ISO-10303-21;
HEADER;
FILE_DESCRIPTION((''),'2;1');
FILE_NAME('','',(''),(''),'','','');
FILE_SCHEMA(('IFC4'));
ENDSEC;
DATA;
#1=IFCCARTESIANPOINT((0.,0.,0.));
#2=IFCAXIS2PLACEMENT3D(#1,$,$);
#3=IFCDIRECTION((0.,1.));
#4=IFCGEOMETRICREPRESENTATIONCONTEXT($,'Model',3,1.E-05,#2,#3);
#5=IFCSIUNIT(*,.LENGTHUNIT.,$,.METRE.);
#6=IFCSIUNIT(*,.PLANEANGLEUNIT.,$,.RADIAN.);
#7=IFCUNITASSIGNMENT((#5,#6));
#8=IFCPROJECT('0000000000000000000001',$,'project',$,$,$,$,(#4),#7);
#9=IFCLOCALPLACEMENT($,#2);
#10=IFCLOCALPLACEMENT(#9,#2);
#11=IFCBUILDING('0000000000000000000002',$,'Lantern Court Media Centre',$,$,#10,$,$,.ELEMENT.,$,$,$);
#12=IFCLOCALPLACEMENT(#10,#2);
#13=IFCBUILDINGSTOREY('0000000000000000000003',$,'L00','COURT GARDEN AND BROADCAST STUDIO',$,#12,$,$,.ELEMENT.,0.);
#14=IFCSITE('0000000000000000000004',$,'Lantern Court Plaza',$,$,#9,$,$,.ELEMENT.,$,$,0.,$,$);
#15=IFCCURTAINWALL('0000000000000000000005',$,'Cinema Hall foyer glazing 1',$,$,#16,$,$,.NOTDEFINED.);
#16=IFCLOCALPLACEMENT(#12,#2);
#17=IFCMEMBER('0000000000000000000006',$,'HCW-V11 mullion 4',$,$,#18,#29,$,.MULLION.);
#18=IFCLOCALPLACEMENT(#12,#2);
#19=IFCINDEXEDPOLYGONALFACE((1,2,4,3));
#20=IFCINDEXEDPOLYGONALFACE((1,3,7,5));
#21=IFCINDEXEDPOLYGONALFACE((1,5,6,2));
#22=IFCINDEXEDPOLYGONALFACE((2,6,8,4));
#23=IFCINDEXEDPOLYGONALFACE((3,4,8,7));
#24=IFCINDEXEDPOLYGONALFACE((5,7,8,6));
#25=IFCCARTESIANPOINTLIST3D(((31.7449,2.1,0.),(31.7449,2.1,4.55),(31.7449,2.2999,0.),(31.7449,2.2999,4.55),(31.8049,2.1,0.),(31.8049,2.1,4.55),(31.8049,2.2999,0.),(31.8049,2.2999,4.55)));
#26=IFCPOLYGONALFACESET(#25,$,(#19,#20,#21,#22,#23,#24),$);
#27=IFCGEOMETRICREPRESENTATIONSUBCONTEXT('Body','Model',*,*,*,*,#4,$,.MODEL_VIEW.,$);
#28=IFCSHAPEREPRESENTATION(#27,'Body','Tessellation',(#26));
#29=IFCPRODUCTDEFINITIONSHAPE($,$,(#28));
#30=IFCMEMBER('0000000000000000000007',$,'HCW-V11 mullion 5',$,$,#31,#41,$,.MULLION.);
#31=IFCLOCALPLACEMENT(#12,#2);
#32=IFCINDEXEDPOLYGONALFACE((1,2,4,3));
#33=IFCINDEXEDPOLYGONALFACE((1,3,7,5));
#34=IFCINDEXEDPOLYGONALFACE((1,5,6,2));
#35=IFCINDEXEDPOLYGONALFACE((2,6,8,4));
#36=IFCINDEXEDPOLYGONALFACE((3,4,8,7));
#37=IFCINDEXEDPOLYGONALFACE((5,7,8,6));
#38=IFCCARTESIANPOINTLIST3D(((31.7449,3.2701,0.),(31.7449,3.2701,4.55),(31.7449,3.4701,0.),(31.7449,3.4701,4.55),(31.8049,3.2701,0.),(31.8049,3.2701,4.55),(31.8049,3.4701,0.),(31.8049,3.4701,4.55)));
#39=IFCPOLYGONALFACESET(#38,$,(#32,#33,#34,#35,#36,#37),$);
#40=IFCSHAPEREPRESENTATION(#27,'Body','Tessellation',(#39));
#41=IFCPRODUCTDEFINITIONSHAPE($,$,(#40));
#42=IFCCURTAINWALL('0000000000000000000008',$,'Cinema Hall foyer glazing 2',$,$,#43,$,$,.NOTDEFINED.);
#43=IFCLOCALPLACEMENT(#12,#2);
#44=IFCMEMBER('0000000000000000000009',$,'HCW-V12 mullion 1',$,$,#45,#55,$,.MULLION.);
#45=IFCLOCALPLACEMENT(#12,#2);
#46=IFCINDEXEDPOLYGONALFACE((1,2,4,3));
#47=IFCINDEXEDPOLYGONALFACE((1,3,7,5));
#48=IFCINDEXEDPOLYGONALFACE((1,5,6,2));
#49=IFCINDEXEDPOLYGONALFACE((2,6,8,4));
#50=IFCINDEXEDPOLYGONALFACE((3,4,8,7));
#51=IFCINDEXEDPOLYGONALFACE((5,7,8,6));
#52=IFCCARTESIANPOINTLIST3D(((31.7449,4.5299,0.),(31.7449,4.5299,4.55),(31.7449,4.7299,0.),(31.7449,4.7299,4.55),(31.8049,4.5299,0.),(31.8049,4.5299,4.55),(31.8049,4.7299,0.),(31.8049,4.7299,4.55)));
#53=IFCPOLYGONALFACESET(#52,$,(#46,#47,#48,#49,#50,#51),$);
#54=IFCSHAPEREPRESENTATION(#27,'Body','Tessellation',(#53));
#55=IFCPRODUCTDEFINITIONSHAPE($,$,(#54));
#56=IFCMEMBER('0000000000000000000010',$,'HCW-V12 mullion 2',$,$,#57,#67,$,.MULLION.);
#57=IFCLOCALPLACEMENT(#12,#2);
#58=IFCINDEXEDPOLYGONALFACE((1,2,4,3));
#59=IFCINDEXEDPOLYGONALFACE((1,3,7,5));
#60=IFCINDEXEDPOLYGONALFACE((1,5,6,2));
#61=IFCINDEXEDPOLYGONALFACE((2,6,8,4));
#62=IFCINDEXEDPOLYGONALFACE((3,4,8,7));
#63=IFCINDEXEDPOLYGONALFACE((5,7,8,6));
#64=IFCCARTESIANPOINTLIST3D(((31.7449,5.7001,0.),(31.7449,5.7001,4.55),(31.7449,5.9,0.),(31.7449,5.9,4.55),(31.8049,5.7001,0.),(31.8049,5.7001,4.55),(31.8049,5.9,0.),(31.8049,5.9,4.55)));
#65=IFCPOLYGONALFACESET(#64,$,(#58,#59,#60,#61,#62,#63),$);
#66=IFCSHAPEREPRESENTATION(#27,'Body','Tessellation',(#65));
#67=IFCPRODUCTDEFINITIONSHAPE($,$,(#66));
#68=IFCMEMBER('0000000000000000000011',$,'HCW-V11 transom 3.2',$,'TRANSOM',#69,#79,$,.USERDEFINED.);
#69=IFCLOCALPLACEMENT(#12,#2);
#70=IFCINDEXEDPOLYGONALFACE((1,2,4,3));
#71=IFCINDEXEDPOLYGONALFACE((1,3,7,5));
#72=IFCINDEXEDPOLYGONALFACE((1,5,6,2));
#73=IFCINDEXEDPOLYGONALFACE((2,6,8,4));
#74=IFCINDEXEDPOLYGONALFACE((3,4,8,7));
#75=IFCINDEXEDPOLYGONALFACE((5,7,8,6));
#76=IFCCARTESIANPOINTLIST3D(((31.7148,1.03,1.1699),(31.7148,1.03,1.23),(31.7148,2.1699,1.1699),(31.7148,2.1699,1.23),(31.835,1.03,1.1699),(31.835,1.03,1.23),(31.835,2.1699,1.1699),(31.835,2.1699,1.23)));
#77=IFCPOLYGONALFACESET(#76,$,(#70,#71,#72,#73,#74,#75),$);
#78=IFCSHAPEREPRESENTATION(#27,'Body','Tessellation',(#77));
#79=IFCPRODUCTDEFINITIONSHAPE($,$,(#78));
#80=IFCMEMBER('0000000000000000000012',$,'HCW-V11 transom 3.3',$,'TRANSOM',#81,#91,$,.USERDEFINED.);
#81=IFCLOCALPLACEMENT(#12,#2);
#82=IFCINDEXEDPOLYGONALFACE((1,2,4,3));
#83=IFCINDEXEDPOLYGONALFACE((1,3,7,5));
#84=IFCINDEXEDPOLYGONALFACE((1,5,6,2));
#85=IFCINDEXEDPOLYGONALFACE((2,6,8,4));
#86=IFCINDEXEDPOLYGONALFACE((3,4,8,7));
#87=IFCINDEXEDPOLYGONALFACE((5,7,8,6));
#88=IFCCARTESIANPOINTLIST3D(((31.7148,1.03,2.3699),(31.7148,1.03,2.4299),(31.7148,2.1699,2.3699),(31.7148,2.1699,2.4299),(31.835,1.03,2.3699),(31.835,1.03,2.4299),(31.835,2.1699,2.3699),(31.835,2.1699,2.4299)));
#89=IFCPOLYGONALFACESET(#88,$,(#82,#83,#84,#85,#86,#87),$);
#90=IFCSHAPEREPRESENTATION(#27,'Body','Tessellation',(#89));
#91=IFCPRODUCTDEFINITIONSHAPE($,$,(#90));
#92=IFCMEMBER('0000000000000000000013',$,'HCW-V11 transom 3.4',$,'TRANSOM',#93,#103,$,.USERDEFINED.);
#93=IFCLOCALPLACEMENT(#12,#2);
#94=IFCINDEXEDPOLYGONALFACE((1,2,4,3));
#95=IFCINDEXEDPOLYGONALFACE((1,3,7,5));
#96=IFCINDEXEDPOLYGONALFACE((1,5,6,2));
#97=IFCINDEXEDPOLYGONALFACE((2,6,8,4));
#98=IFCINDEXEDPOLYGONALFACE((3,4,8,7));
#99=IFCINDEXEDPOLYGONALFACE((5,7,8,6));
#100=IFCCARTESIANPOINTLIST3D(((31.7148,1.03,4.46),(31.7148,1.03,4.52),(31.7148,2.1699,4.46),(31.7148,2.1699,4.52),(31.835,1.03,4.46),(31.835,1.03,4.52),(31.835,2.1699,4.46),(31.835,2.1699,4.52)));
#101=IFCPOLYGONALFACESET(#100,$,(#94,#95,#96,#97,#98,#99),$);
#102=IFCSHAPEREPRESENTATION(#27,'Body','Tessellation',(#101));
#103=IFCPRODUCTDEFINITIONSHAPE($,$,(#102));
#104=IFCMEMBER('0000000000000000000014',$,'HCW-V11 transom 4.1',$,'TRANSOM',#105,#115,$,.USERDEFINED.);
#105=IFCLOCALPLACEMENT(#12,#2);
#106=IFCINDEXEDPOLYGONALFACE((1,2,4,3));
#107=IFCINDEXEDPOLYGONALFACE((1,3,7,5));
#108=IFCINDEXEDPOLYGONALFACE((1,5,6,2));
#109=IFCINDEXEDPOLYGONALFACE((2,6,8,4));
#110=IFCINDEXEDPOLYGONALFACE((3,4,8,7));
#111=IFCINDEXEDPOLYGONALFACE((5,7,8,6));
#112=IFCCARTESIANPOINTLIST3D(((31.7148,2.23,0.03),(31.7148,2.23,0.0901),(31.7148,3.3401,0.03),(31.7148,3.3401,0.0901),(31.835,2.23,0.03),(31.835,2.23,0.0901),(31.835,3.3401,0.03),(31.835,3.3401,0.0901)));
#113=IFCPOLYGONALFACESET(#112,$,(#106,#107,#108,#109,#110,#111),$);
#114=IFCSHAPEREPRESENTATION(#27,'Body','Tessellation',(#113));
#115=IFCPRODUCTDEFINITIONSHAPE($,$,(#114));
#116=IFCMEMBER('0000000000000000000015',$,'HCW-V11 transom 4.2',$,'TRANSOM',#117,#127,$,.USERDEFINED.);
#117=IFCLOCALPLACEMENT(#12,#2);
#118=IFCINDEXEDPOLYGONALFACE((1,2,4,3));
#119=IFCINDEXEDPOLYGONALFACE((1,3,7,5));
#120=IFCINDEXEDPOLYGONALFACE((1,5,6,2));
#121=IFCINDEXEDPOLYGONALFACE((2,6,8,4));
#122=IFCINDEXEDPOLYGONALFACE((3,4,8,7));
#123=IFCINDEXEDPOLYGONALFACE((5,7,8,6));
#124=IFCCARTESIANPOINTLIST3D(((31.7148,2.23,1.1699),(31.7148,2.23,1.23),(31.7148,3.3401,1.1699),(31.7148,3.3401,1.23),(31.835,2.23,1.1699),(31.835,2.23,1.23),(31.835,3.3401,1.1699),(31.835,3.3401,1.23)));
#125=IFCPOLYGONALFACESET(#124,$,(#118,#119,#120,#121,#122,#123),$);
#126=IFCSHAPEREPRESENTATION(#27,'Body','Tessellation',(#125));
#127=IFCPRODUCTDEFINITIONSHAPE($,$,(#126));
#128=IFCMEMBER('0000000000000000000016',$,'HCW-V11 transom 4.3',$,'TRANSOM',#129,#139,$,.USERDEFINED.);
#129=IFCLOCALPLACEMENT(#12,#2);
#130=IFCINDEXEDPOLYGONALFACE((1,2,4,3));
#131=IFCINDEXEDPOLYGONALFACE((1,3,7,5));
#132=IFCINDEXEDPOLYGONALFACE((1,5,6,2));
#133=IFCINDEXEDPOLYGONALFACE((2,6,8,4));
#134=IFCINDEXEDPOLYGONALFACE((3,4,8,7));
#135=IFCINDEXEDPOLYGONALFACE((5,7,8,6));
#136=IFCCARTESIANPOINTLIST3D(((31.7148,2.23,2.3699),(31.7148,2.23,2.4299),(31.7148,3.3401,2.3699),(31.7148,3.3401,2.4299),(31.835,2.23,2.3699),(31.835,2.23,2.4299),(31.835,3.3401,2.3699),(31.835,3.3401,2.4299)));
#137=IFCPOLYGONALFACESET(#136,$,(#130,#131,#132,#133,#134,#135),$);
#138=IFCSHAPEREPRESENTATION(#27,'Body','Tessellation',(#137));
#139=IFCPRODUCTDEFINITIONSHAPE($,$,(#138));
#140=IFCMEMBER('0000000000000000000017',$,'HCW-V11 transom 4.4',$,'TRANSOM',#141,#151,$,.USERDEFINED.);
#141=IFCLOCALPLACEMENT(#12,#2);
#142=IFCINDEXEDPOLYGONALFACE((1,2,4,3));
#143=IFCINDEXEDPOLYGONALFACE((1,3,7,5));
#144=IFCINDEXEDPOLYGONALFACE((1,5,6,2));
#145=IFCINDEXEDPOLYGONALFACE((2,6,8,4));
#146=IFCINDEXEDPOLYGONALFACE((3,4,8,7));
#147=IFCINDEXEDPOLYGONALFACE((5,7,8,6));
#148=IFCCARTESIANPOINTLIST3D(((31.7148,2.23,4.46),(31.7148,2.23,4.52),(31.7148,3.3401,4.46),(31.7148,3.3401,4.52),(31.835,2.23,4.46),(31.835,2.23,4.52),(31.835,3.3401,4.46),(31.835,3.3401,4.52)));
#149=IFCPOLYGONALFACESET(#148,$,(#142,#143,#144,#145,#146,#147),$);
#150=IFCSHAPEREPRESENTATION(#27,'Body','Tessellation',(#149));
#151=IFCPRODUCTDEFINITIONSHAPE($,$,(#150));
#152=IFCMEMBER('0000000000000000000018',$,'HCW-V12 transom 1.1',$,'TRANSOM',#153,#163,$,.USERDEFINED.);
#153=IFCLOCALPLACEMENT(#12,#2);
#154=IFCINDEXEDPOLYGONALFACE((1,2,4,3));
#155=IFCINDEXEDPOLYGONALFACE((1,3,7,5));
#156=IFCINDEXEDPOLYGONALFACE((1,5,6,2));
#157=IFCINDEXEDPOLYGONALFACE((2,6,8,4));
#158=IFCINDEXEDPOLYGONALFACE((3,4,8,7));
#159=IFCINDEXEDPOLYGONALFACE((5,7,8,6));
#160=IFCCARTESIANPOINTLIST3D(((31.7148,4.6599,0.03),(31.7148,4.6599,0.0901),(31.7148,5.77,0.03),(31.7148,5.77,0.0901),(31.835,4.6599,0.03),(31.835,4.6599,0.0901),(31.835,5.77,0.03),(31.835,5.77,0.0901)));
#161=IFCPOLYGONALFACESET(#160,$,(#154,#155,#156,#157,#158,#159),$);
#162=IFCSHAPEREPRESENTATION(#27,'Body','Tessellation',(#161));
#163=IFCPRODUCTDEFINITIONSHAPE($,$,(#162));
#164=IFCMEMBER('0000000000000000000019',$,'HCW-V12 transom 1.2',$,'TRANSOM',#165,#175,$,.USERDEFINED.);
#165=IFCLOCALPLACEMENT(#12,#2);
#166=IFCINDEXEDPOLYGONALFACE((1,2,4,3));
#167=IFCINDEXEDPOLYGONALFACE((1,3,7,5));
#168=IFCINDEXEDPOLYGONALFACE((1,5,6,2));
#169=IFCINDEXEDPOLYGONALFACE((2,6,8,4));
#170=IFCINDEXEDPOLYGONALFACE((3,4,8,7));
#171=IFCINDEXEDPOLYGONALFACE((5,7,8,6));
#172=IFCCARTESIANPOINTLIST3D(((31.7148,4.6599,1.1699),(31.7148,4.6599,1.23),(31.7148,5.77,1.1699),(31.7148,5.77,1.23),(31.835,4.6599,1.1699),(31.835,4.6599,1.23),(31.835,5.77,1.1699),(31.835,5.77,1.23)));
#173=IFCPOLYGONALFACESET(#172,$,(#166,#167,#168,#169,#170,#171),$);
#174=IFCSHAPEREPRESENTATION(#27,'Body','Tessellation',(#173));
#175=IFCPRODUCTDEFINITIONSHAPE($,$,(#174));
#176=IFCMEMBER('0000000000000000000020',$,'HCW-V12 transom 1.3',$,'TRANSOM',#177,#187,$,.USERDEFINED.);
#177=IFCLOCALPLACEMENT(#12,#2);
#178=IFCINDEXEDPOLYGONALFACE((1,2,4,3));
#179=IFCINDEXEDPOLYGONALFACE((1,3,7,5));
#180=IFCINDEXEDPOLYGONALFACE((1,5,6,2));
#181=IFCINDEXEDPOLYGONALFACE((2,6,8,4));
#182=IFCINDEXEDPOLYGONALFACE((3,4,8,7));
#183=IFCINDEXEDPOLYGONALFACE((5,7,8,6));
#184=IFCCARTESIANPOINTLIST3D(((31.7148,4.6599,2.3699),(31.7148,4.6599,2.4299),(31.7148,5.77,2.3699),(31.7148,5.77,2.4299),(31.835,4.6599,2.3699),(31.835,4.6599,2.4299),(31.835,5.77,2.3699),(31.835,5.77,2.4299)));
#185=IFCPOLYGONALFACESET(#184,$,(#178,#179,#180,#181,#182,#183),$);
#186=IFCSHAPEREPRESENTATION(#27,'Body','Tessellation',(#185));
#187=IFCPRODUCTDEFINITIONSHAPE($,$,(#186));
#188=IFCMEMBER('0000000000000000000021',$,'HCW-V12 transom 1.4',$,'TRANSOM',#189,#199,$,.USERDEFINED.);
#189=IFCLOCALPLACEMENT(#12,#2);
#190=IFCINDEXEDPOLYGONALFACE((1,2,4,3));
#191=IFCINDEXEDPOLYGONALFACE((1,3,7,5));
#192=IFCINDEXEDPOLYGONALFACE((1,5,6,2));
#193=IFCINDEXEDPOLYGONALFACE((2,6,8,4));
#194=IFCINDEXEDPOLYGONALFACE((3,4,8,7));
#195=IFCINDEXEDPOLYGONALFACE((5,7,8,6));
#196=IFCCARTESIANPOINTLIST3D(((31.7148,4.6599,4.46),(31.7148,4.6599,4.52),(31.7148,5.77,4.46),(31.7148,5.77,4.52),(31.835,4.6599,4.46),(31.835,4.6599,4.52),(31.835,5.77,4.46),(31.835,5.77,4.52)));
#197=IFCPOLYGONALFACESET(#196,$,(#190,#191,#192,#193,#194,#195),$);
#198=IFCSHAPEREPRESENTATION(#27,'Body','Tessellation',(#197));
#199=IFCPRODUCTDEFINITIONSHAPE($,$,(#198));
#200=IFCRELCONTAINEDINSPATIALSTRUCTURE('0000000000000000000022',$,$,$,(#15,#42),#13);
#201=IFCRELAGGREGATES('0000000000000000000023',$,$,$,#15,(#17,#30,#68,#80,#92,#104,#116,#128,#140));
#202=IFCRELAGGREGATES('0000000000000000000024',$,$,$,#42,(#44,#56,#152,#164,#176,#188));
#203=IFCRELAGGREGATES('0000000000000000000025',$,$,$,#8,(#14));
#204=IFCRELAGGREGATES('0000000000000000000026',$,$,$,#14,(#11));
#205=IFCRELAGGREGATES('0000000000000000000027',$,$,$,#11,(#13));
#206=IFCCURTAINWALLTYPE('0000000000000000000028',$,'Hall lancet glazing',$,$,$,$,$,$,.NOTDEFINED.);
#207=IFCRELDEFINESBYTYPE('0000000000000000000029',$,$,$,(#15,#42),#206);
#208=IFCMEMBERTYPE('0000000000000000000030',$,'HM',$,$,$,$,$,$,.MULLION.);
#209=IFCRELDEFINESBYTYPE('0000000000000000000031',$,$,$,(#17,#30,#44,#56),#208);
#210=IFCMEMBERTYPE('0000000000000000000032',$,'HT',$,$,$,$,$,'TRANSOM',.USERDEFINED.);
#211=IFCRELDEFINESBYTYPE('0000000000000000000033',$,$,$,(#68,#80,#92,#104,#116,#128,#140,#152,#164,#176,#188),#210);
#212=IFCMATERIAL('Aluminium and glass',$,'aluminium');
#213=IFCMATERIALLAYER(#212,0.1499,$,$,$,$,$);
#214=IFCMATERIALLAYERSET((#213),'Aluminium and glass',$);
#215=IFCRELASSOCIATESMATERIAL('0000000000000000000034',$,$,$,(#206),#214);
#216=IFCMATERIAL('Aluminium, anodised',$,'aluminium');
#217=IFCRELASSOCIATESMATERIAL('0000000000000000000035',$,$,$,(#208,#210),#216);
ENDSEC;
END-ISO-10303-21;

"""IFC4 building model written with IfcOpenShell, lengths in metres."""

from ifc_helpers import new_model, si_unit, direction, frame, origin, origin_2d, place, context, subcontext, project, spatial, rectangle, extrude, material, layer, layer_set, material_profile, profile_set, type_object, element, aggregate, save


model = new_model("IFC4")

# Units and contexts
model_context = context("Model", 3, precision=1e-05, world=origin(), true_north=direction((0.0, 1.0)))
body_context = subcontext(model_context, "Body", "Model", "MODEL_VIEW")
ifc_project = project(units=[si_unit("LENGTHUNIT", "METRE"), si_unit("PLANEANGLEUNIT", "RADIAN")], contexts=[model_context])

# Site, building, storey
site_placement = place(None, origin())
site = spatial("IfcSite", under=ifc_project, at=site_placement, Name="Lantern Court Plaza", CompositionType="ELEMENT", RefElevation=0.0)
building_placement = place(site_placement, origin())
building = spatial("IfcBuilding", under=site, at=building_placement, Name="Lantern Court Media Centre", CompositionType="ELEMENT")
storey_placement = place(building_placement, origin())
storey = spatial("IfcBuildingStorey", under=building, at=storey_placement, Name="L00", Description="COURT GARDEN AND BROADCAST STUDIO", CompositionType="ELEMENT", Elevation=0.0)

# Curtain walls, members
ifc_material_1 = material(Name="Aluminium and glass", Category="aluminium")
ifc_layer_1 = layer(ifc_material_1, 0.1499)
ifc_layer_set_1 = layer_set([ifc_layer_1], Name="Aluminium and glass")
curtain_wall_type = type_object("IfcCurtainWallType", Name="Hall lancet glazing", PredefinedType="NOTDEFINED", material=ifc_layer_set_1)
curtain_wall_1_placement = place(storey_placement, origin())
curtain_wall_1 = element("IfcCurtainWall", 1, at=curtain_wall_1_placement, inside=storey, type_object=curtain_wall_type, Name="Cinema Hall foyer glazing 1", PredefinedType="NOTDEFINED")
ifc_material_2 = material(Name="Aluminium, anodised", Category="aluminium")
ifc_material_profile_1 = material_profile(ifc_material_2, rectangle(XDim=0.0601, YDim=0.2, at=origin_2d()), Name="HM")
ifc_profile_set_1 = profile_set([ifc_material_profile_1], Name="Aluminium, anodised")
member_type_1 = type_object("IfcMemberType", Name="HM", PredefinedType="MULLION", material=ifc_profile_set_1)
member_1_placement = place(storey_placement, frame((31.7749, 2.2, 0.0), z_axis=(0.0, 0.0, 1.0), x_axis=(-1.0, 0.0, 0.0)))
member_1 = element("IfcMember", 2, at=member_1_placement, type_object=member_type_1, Name="HCW-V11 mullion 4", PredefinedType="MULLION", context=body_context, shape_type="SweptSolid", body=[
    extrude(rectangle(XDim=0.0601, YDim=0.2, at=origin_2d()), origin(), (0.0, 0.0, 1.0), 4.55),
])
member_2_placement = place(storey_placement, frame((31.7749, 3.3701, 0.0), z_axis=(0.0, 0.0, 1.0), x_axis=(-1.0, 0.0, 0.0)))
member_2 = element("IfcMember", 3, at=member_2_placement, type_object=member_type_1, Name="HCW-V11 mullion 5", PredefinedType="MULLION", context=body_context, shape_type="SweptSolid", body=[
    extrude(rectangle(XDim=0.0601, YDim=0.2, at=origin_2d()), origin(), (0.0, 0.0, 1.0), 4.55),
])
curtain_wall_2_placement = place(storey_placement, origin())
curtain_wall_2 = element("IfcCurtainWall", 4, at=curtain_wall_2_placement, inside=storey, type_object=curtain_wall_type, Name="Cinema Hall foyer glazing 2", PredefinedType="NOTDEFINED")
member_3_placement = place(storey_placement, frame((31.7749, 4.6299, 0.0), z_axis=(0.0, 0.0, 1.0), x_axis=(-1.0, 0.0, 0.0)))
member_3 = element("IfcMember", 5, at=member_3_placement, type_object=member_type_1, Name="HCW-V12 mullion 1", PredefinedType="MULLION", context=body_context, shape_type="SweptSolid", body=[
    extrude(rectangle(XDim=0.0601, YDim=0.2, at=origin_2d()), origin(), (0.0, 0.0, 1.0), 4.55),
])
member_4_placement = place(storey_placement, frame((31.7749, 5.8, 0.0), z_axis=(0.0, 0.0, 1.0), x_axis=(-1.0, 0.0, 0.0)))
member_4 = element("IfcMember", 6, at=member_4_placement, type_object=member_type_1, Name="HCW-V12 mullion 2", PredefinedType="MULLION", context=body_context, shape_type="SweptSolid", body=[
    extrude(rectangle(XDim=0.0601, YDim=0.2, at=origin_2d()), origin(), (0.0, 0.0, 1.0), 4.55),
])

# Members
ifc_material_profile_2 = material_profile(ifc_material_2, rectangle(XDim=0.1201, YDim=0.0601, at=origin_2d()), Name="HT")
ifc_profile_set_2 = profile_set([ifc_material_profile_2], Name="Aluminium, anodised")
member_type_2 = type_object("IfcMemberType", Name="HT", ElementType="TRANSOM", PredefinedType="USERDEFINED", material=ifc_profile_set_2)
member_5_placement = place(storey_placement, frame((31.7749, 1.03, 1.2), z_axis=(0.0, 1.0, 0.0), x_axis=(-1.0, 0.0, 0.0)))
member_5 = element("IfcMember", 7, at=member_5_placement, type_object=member_type_2, Name="HCW-V11 transom 3.2", ObjectType="TRANSOM", PredefinedType="USERDEFINED", context=body_context, shape_type="SweptSolid", body=[
    extrude(rectangle(XDim=0.1201, YDim=0.0601, at=origin_2d()), origin(), (0.0, 0.0, 1.0), 1.1399),
])
member_6_placement = place(storey_placement, frame((31.7749, 1.03, 2.3999), z_axis=(0.0, 1.0, 0.0), x_axis=(-1.0, 0.0, 0.0)))
member_6 = element("IfcMember", 8, at=member_6_placement, type_object=member_type_2, Name="HCW-V11 transom 3.3", ObjectType="TRANSOM", PredefinedType="USERDEFINED", context=body_context, shape_type="SweptSolid", body=[
    extrude(rectangle(XDim=0.1201, YDim=0.0601, at=origin_2d()), origin(), (0.0, 0.0, 1.0), 1.1399),
])
member_7_placement = place(storey_placement, frame((31.7749, 1.03, 4.49), z_axis=(0.0, 1.0, 0.0), x_axis=(-1.0, 0.0, 0.0)))
member_7 = element("IfcMember", 9, at=member_7_placement, type_object=member_type_2, Name="HCW-V11 transom 3.4", ObjectType="TRANSOM", PredefinedType="USERDEFINED", context=body_context, shape_type="SweptSolid", body=[
    extrude(rectangle(XDim=0.1201, YDim=0.0601, at=origin_2d()), origin(), (0.0, 0.0, 1.0), 1.1399),
])
member_8_placement = place(storey_placement, frame((31.7749, 2.23, 0.0601), z_axis=(0.0, 1.0, 0.0), x_axis=(-1.0, 0.0, 0.0)))
member_8 = element("IfcMember", 10, at=member_8_placement, type_object=member_type_2, Name="HCW-V11 transom 4.1", ObjectType="TRANSOM", PredefinedType="USERDEFINED", context=body_context, shape_type="SweptSolid", body=[
    extrude(rectangle(XDim=0.1201, YDim=0.0601, at=origin_2d()), origin(), (0.0, 0.0, 1.0), 1.1101),
])
member_9_placement = place(storey_placement, frame((31.7749, 2.23, 1.2), z_axis=(0.0, 1.0, 0.0), x_axis=(-1.0, 0.0, 0.0)))
member_9 = element("IfcMember", 11, at=member_9_placement, type_object=member_type_2, Name="HCW-V11 transom 4.2", ObjectType="TRANSOM", PredefinedType="USERDEFINED", context=body_context, shape_type="SweptSolid", body=[
    extrude(rectangle(XDim=0.1201, YDim=0.0601, at=origin_2d()), origin(), (0.0, 0.0, 1.0), 1.1101),
])
member_10_placement = place(storey_placement, frame((31.7749, 2.23, 2.3999), z_axis=(0.0, 1.0, 0.0), x_axis=(-1.0, 0.0, 0.0)))
member_10 = element("IfcMember", 12, at=member_10_placement, type_object=member_type_2, Name="HCW-V11 transom 4.3", ObjectType="TRANSOM", PredefinedType="USERDEFINED", context=body_context, shape_type="SweptSolid", body=[
    extrude(rectangle(XDim=0.1201, YDim=0.0601, at=origin_2d()), origin(), (0.0, 0.0, 1.0), 1.1101),
])
member_11_placement = place(storey_placement, frame((31.7749, 2.23, 4.49), z_axis=(0.0, 1.0, 0.0), x_axis=(-1.0, 0.0, 0.0)))
member_11 = element("IfcMember", 13, at=member_11_placement, type_object=member_type_2, Name="HCW-V11 transom 4.4", ObjectType="TRANSOM", PredefinedType="USERDEFINED", context=body_context, shape_type="SweptSolid", body=[
    extrude(rectangle(XDim=0.1201, YDim=0.0601, at=origin_2d()), origin(), (0.0, 0.0, 1.0), 1.1101),
])
member_12_placement = place(storey_placement, frame((31.7749, 4.6599, 0.0601), z_axis=(0.0, 1.0, 0.0), x_axis=(-1.0, 0.0, 0.0)))
member_12 = element("IfcMember", 14, at=member_12_placement, type_object=member_type_2, Name="HCW-V12 transom 1.1", ObjectType="TRANSOM", PredefinedType="USERDEFINED", context=body_context, shape_type="SweptSolid", body=[
    extrude(rectangle(XDim=0.1201, YDim=0.0601, at=origin_2d()), origin(), (0.0, 0.0, 1.0), 1.1101),
])
member_13_placement = place(storey_placement, frame((31.7749, 4.6599, 1.2), z_axis=(0.0, 1.0, 0.0), x_axis=(-1.0, 0.0, 0.0)))
member_13 = element("IfcMember", 15, at=member_13_placement, type_object=member_type_2, Name="HCW-V12 transom 1.2", ObjectType="TRANSOM", PredefinedType="USERDEFINED", context=body_context, shape_type="SweptSolid", body=[
    extrude(rectangle(XDim=0.1201, YDim=0.0601, at=origin_2d()), origin(), (0.0, 0.0, 1.0), 1.1101),
])
member_14_placement = place(storey_placement, frame((31.7749, 4.6599, 2.3999), z_axis=(0.0, 1.0, 0.0), x_axis=(-1.0, 0.0, 0.0)))
member_14 = element("IfcMember", 16, at=member_14_placement, type_object=member_type_2, Name="HCW-V12 transom 1.3", ObjectType="TRANSOM", PredefinedType="USERDEFINED", context=body_context, shape_type="SweptSolid", body=[
    extrude(rectangle(XDim=0.1201, YDim=0.0601, at=origin_2d()), origin(), (0.0, 0.0, 1.0), 1.1101),
])
member_15_placement = place(storey_placement, frame((31.7749, 4.6599, 4.49), z_axis=(0.0, 1.0, 0.0), x_axis=(-1.0, 0.0, 0.0)))
member_15 = element("IfcMember", 17, at=member_15_placement, type_object=member_type_2, Name="HCW-V12 transom 1.4", ObjectType="TRANSOM", PredefinedType="USERDEFINED", context=body_context, shape_type="SweptSolid", body=[
    extrude(rectangle(XDim=0.1201, YDim=0.0601, at=origin_2d()), origin(), (0.0, 0.0, 1.0), 1.1101),
])

aggregate(curtain_wall_1, [member_1, member_2, member_5, member_6, member_7, member_8, member_9, member_10, member_11])
aggregate(curtain_wall_2, [member_3, member_4, member_12, member_13, member_14, member_15])

save(model, "model.ifc")
